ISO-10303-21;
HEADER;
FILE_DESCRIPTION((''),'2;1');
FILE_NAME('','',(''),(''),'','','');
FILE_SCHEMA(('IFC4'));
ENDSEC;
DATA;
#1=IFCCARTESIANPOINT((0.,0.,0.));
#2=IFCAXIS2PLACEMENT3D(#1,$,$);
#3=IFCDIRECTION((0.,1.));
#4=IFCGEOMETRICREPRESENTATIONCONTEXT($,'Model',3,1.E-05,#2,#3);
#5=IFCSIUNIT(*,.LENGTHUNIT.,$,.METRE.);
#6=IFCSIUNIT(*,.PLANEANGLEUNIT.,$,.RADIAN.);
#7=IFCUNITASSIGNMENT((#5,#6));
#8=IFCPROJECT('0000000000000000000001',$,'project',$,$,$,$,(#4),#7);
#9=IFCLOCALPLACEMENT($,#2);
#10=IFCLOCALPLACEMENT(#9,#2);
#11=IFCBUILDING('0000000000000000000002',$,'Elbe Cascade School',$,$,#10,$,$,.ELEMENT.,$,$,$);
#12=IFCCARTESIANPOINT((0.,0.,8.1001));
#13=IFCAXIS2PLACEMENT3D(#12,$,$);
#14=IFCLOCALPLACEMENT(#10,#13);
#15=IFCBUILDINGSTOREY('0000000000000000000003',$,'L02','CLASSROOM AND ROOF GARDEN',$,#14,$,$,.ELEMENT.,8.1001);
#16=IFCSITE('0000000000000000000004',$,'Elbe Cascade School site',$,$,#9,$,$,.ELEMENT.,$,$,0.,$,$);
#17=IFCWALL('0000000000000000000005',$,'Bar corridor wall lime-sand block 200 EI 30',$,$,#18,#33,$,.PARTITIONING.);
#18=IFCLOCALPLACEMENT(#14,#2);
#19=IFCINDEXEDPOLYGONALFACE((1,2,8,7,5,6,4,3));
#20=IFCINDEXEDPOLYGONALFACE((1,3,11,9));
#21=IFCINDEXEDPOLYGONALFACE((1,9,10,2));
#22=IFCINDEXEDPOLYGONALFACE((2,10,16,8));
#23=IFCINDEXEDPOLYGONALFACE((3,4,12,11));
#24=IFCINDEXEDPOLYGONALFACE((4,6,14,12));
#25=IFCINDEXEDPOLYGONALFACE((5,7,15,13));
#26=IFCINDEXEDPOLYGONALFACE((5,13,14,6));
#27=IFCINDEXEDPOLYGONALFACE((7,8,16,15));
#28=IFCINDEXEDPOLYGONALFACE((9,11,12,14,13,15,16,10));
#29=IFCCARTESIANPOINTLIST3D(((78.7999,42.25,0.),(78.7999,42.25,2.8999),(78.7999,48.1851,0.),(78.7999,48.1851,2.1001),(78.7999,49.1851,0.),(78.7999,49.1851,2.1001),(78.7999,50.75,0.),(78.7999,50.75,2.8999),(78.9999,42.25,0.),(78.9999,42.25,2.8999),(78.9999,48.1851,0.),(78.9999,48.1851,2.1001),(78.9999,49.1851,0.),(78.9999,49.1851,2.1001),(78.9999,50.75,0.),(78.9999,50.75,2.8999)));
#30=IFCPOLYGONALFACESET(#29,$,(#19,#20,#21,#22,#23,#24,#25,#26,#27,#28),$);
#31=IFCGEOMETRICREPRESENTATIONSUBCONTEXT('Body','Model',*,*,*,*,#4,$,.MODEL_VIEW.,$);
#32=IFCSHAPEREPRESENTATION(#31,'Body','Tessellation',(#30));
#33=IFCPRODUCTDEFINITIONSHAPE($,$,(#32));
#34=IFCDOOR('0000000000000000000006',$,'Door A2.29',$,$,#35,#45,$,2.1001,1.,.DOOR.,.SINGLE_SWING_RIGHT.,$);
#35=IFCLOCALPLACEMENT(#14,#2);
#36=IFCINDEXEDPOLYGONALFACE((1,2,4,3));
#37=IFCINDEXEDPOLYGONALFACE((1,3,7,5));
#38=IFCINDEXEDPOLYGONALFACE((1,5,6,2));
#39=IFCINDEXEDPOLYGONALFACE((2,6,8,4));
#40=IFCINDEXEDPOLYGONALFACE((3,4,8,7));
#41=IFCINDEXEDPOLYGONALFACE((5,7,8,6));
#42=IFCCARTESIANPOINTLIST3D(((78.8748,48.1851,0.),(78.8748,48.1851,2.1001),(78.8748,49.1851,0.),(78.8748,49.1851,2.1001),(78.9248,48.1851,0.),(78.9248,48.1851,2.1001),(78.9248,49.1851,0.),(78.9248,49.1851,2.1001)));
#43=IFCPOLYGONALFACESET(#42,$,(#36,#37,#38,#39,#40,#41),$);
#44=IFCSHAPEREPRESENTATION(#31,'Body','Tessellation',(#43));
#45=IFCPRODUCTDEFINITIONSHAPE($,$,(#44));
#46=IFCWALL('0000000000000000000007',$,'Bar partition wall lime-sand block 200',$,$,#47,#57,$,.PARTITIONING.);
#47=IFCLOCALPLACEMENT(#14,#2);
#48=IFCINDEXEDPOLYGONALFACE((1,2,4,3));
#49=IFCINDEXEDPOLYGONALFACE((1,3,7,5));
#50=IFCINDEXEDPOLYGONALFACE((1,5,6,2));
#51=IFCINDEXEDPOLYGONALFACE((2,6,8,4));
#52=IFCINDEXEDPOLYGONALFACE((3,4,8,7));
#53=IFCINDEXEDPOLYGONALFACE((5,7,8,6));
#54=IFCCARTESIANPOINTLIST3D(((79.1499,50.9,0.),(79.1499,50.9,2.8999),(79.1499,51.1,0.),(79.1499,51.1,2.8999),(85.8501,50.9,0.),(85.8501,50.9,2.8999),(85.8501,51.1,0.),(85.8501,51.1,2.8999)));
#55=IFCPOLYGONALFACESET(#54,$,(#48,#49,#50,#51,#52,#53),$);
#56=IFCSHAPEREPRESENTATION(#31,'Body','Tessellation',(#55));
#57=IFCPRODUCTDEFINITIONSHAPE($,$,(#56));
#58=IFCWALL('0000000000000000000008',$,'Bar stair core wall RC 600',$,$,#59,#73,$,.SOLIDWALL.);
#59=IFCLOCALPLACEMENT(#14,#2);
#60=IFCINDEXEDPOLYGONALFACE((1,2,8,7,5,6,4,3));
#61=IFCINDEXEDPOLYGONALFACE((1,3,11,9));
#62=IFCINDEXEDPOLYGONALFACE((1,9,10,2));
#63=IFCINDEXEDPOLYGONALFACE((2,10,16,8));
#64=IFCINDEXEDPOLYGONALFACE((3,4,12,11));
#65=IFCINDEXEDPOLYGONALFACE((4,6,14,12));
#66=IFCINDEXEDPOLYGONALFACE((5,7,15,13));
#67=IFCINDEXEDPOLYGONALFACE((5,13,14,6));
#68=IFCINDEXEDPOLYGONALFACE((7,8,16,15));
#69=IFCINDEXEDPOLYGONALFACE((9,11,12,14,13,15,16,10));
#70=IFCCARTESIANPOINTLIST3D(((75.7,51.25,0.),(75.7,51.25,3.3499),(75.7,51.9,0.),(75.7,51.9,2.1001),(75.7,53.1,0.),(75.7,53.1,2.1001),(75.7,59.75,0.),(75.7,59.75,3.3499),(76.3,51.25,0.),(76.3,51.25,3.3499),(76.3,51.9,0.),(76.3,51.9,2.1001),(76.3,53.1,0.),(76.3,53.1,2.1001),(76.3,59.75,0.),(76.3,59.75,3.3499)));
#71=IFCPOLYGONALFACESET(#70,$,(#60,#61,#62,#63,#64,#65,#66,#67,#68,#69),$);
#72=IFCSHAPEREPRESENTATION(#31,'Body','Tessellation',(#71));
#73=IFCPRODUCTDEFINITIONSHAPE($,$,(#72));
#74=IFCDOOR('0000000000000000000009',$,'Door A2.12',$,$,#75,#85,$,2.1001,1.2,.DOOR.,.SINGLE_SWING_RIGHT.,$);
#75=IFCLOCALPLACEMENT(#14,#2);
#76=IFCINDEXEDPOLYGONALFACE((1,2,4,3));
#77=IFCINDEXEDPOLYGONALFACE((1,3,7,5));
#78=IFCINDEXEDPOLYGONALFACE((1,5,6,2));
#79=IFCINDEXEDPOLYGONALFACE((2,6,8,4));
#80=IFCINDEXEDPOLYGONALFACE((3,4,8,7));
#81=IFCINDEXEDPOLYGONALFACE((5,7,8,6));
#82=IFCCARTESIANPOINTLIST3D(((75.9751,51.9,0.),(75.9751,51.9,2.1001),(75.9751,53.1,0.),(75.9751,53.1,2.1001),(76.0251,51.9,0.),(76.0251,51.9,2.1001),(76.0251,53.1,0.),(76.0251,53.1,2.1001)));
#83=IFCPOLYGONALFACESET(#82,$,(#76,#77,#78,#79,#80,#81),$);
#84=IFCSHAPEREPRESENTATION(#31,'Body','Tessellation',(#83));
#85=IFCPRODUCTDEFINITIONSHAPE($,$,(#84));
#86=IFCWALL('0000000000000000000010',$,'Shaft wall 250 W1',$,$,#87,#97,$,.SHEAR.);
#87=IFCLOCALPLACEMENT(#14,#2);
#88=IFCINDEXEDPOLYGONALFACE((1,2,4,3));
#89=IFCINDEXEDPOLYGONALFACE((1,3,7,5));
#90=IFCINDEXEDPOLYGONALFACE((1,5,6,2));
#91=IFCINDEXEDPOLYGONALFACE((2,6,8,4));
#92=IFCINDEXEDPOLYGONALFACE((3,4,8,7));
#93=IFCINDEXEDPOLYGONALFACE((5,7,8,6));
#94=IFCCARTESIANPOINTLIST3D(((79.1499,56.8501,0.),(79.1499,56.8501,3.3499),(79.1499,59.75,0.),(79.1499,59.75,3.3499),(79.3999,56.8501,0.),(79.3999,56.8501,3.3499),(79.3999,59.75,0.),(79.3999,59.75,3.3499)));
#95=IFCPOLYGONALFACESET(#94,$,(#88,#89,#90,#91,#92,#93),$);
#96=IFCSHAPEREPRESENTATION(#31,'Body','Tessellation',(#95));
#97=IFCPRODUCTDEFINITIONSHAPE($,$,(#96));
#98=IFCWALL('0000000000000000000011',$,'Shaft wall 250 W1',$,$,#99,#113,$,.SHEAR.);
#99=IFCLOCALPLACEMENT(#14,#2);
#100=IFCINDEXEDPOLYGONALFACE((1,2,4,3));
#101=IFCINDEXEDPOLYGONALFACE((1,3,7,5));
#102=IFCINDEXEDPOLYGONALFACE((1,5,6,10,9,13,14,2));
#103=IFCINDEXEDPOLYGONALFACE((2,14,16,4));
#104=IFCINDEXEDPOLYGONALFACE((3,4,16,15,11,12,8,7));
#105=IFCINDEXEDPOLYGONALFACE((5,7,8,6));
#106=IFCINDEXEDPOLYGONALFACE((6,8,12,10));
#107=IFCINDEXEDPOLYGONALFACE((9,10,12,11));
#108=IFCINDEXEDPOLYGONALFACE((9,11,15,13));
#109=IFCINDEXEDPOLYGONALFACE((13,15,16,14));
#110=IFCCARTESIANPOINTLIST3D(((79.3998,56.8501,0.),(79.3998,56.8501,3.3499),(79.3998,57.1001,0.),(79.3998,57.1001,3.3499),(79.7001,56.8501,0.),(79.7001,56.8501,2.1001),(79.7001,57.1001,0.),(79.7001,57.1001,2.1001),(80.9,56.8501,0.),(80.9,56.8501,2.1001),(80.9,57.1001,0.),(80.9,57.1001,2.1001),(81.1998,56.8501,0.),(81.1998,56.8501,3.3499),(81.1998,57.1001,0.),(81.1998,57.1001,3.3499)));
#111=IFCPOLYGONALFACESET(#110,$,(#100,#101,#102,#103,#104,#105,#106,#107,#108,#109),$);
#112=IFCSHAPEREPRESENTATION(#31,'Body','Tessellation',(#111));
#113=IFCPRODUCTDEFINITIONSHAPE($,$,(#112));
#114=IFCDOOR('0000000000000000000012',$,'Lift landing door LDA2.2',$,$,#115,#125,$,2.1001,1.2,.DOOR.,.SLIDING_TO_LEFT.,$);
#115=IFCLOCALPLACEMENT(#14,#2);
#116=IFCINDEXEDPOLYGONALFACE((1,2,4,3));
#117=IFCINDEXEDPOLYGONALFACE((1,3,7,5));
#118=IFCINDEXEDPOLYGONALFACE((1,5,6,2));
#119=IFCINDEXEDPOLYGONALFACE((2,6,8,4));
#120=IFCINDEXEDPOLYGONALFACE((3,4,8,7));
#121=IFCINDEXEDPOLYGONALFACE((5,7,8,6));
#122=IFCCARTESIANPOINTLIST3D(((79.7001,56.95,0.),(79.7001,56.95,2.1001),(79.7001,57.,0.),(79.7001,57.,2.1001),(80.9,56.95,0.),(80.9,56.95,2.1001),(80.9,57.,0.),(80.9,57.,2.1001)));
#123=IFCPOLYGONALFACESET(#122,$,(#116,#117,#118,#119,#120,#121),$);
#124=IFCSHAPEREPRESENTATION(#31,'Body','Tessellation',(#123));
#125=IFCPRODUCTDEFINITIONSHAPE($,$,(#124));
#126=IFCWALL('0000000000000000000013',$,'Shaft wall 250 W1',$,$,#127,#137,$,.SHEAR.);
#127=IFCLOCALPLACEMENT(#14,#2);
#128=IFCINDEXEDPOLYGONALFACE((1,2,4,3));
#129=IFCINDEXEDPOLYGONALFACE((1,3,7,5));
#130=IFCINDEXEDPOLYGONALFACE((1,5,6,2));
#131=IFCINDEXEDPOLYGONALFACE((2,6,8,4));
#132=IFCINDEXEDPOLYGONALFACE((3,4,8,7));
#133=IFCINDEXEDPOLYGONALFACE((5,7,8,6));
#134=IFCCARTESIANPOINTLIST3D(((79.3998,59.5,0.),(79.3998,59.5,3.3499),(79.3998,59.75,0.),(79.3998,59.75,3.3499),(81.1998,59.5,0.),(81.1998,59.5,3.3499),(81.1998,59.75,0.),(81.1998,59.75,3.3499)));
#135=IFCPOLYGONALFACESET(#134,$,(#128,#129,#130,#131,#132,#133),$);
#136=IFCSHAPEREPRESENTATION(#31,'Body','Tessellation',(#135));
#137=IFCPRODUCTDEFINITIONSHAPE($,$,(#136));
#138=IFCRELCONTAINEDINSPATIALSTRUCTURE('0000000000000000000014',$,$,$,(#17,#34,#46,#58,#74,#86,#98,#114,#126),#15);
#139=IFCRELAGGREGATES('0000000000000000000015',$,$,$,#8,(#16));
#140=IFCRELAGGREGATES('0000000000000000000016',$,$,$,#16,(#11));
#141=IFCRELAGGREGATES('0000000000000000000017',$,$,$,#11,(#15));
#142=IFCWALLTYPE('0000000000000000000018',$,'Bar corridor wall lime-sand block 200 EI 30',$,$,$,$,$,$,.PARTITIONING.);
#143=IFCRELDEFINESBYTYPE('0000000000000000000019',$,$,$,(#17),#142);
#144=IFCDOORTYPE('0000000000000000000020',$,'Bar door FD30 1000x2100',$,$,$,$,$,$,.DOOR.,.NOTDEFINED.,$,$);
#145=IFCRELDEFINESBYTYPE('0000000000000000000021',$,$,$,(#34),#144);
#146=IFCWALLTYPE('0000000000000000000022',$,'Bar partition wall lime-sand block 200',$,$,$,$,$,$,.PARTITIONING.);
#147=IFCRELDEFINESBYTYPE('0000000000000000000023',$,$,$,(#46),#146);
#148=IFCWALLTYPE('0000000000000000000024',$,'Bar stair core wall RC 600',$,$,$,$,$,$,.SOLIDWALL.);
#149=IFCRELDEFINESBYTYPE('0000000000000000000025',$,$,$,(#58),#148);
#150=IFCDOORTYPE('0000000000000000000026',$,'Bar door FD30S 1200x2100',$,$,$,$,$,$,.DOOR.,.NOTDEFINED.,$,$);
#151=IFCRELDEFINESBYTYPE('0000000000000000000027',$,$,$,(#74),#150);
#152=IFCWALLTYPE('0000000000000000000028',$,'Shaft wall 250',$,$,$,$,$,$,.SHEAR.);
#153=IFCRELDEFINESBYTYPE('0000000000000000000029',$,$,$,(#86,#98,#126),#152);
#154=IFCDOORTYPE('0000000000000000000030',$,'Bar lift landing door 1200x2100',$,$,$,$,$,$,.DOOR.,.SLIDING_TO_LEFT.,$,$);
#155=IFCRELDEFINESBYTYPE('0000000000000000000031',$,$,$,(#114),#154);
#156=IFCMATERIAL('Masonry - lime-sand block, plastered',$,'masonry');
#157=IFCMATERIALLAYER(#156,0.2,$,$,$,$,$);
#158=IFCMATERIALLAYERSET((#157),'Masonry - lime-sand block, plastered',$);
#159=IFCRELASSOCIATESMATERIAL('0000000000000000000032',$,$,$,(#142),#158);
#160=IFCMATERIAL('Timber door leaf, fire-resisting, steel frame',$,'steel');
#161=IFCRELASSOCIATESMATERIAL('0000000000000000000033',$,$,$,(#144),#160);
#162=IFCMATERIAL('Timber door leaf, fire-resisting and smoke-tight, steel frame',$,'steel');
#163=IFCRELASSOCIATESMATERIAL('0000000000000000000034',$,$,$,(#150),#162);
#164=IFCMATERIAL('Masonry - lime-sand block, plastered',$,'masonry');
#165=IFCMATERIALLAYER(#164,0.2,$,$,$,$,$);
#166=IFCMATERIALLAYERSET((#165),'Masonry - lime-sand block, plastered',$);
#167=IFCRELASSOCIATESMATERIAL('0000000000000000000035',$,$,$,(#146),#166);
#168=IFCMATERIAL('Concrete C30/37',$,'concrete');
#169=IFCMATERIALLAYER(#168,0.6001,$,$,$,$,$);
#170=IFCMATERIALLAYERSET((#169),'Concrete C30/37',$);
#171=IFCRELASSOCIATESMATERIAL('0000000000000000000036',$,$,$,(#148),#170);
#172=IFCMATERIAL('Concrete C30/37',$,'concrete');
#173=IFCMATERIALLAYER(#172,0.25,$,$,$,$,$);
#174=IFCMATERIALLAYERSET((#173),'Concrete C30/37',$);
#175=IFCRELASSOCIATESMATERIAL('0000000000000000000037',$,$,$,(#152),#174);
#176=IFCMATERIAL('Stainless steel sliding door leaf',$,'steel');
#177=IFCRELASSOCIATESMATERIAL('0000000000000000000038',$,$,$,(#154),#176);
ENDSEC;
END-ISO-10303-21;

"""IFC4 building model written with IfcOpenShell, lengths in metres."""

from ifc_helpers import new_model, si_unit, direction, frame, frame_2d, origin, place, context, subcontext, project, spatial, rectangle, extrude, material, layer, layer_set, type_object, element, fill, save


model = new_model("IFC4")

# Units and contexts
model_context = context("Model", 3, precision=1e-05, world=origin(), true_north=direction((0.0, 1.0)))
body_context = subcontext(model_context, "Body", "Model", "MODEL_VIEW")
ifc_project = project(units=[si_unit("LENGTHUNIT", "METRE"), si_unit("PLANEANGLEUNIT", "RADIAN")], contexts=[model_context])

# Site, building, storey
site_placement = place(None, origin())
site = spatial("IfcSite", under=ifc_project, at=site_placement, Name="Elbe Cascade School site", CompositionType="ELEMENT", RefElevation=0.0)
building_placement = place(site_placement, origin())
building = spatial("IfcBuilding", under=site, at=building_placement, Name="Elbe Cascade School", CompositionType="ELEMENT")
storey_placement = place(building_placement, frame((0.0, 0.0, 8.1001)))
storey = spatial("IfcBuildingStorey", under=building, at=storey_placement, Name="L02", Description="CLASSROOM AND ROOF GARDEN", CompositionType="ELEMENT", Elevation=8.1001)

# Wall, opening, door
ifc_material_1 = material(Name="Masonry - lime-sand block, plastered", Category="masonry")
ifc_layer_1 = layer(ifc_material_1, 0.2)
ifc_layer_set_1 = layer_set([ifc_layer_1], Name="Masonry - lime-sand block, plastered")
wall_type_1 = type_object("IfcWallType", Name="Bar corridor wall lime-sand block 200 EI 30", PredefinedType="PARTITIONING", material=ifc_layer_set_1)
ifc_material_2 = material(Name="Timber door leaf, fire-resisting, steel frame", Category="steel")
door_type_1 = type_object("IfcDoorType", Name="Bar door FD30 1000x2100", OperationType="NOTDEFINED", PredefinedType="DOOR", material=ifc_material_2)
ifc_material_3 = material(Name="Timber door leaf, fire-resisting and smoke-tight, steel frame", Category="steel")
door_type_2 = type_object("IfcDoorType", Name="Bar door FD30S 1200x2100", OperationType="NOTDEFINED", PredefinedType="DOOR", material=ifc_material_3)
wall_1_placement = place(storey_placement, frame((78.8999, 50.75, 0.0), z_axis=(0.0, 0.0, 1.0), x_axis=(0.0, -1.0, 0.0)))
wall_1 = element("IfcWall", 1, at=wall_1_placement, inside=storey, type_object=wall_type_1, Name="Bar corridor wall lime-sand block 200 EI 30", PredefinedType="PARTITIONING", context=body_context, shape_type="SweptSolid", body=[
    extrude(rectangle(XDim=8.5, YDim=0.2, at=frame_2d((4.25, 0.0))), origin(), (0.0, 0.0, 1.0), 2.8999),
])
opening_1_placement = place(wall_1_placement, frame((1.5649, 0.0, 0.0)))
opening_1 = element("IfcOpeningElement", 2, at=opening_1_placement, cuts=wall_1, PredefinedType="OPENING", context=body_context, shape_type="SweptSolid", body=[
    extrude(rectangle(XDim=1.0, YDim=2.1001, at=frame_2d((0.5, 1.05))), frame((0.0, 0.1099, 0.0), z_axis=(0.0, -1.0, 0.0), x_axis=(1.0, 0.0, 0.0)), (0.0, 0.0, 1.0), 0.22),
])
door_1_placement = place(opening_1_placement, origin())
door_1 = element("IfcDoor", 3, at=door_1_placement, inside=storey, type_object=door_type_1, Name="Door A2.29", OperationType="SINGLE_SWING_RIGHT", OverallHeight=2.1001, OverallWidth=1.0, PredefinedType="DOOR", context=body_context, shape_type="SweptSolid", body=[
    extrude(rectangle(XDim=1.0, YDim=2.1001, at=frame_2d((0.5, 1.05))), frame((0.0, 0.0249, 0.0), z_axis=(0.0, -1.0, 0.0), x_axis=(1.0, 0.0, 0.0)), (0.0, 0.0, 1.0), 0.05),
])
fill(opening_1, door_1)

# Wall
ifc_material_4 = material(Name="Masonry - lime-sand block, plastered", Category="masonry")
ifc_layer_2 = layer(ifc_material_4, 0.2)
ifc_layer_set_2 = layer_set([ifc_layer_2], Name="Masonry - lime-sand block, plastered")
wall_type_2 = type_object("IfcWallType", Name="Bar partition wall lime-sand block 200", PredefinedType="PARTITIONING", material=ifc_layer_set_2)
wall_2_placement = place(storey_placement, frame((79.1499, 51.0, 0.0), z_axis=(0.0, 0.0, 1.0), x_axis=(1.0, 0.0, 0.0)))
element("IfcWall", 4, at=wall_2_placement, inside=storey, type_object=wall_type_2, Name="Bar partition wall lime-sand block 200", PredefinedType="PARTITIONING", context=body_context, shape_type="SweptSolid", body=[
    extrude(rectangle(XDim=6.7002, YDim=0.2, at=frame_2d((3.3501, 0.0))), origin(), (0.0, 0.0, 1.0), 2.8999),
])

# Wall, opening, door
ifc_material_5 = material(Name="Concrete C30/37", Category="concrete")
ifc_layer_3 = layer(ifc_material_5, 0.6001)
ifc_layer_set_3 = layer_set([ifc_layer_3], Name="Concrete C30/37")
wall_type_3 = type_object("IfcWallType", Name="Bar stair core wall RC 600", PredefinedType="SOLIDWALL", material=ifc_layer_set_3)
wall_3_placement = place(storey_placement, frame((76.0, 51.25, 0.0), z_axis=(0.0, 0.0, 1.0), x_axis=(0.0, 1.0, 0.0)))
wall_3 = element("IfcWall", 5, at=wall_3_placement, inside=storey, type_object=wall_type_3, Name="Bar stair core wall RC 600", PredefinedType="SOLIDWALL", context=body_context, shape_type="SweptSolid", body=[
    extrude(rectangle(XDim=8.5, YDim=0.6001, at=frame_2d((4.25, 0.0))), origin(), (0.0, 0.0, 1.0), 3.3499),
])
opening_2_placement = place(wall_3_placement, frame((0.6499, 0.0, 0.0)))
opening_2 = element("IfcOpeningElement", 6, at=opening_2_placement, cuts=wall_3, PredefinedType="OPENING", context=body_context, shape_type="SweptSolid", body=[
    extrude(rectangle(XDim=1.2, YDim=2.1001, at=frame_2d((0.6001, 1.05))), frame((0.0, 0.3101, 0.0), z_axis=(0.0, -1.0, 0.0), x_axis=(1.0, 0.0, 0.0)), (0.0, 0.0, 1.0), 0.6201),
])
door_2_placement = place(opening_2_placement, origin())
door_2 = element("IfcDoor", 7, at=door_2_placement, inside=storey, type_object=door_type_2, Name="Door A2.12", OperationType="SINGLE_SWING_RIGHT", OverallHeight=2.1001, OverallWidth=1.2, PredefinedType="DOOR", context=body_context, shape_type="SweptSolid", body=[
    extrude(rectangle(XDim=1.2, YDim=2.1001, at=frame_2d((0.6001, 1.05))), frame((0.0, 0.0249, 0.0), z_axis=(0.0, -1.0, 0.0), x_axis=(1.0, 0.0, 0.0)), (0.0, 0.0, 1.0), 0.05),
])
fill(opening_2, door_2)

# Wall
ifc_material_6 = material(Name="Concrete C30/37", Category="concrete")
ifc_layer_4 = layer(ifc_material_6, 0.25)
ifc_layer_set_4 = layer_set([ifc_layer_4], Name="Concrete C30/37")
wall_type_4 = type_object("IfcWallType", Name="Shaft wall 250", PredefinedType="SHEAR", material=ifc_layer_set_4)
wall_4_placement = place(storey_placement, frame((79.2749, 56.8501, 0.0), z_axis=(0.0, 0.0, 1.0), x_axis=(0.0, 1.0, 0.0)))
element("IfcWall", 8, at=wall_4_placement, inside=storey, type_object=wall_type_4, Name="Shaft wall 250 W1", PredefinedType="SHEAR", context=body_context, shape_type="SweptSolid", body=[
    extrude(rectangle(XDim=2.8999, YDim=0.25, at=frame_2d((1.45, 0.0))), origin(), (0.0, 0.0, 1.0), 3.3499),
])

# Wall, opening, door
wall_5_placement = place(storey_placement, frame((79.3999, 56.9751, 0.0), z_axis=(0.0, 0.0, 1.0), x_axis=(1.0, 0.0, 0.0)))
wall_5 = element("IfcWall", 9, at=wall_5_placement, inside=storey, type_object=wall_type_4, Name="Shaft wall 250 W1", PredefinedType="SHEAR", context=body_context, shape_type="SweptSolid", body=[
    extrude(rectangle(XDim=1.8, YDim=0.25, at=frame_2d((0.8999, 0.0))), origin(), (0.0, 0.0, 1.0), 3.3499),
])
opening_3_placement = place(wall_5_placement, frame((0.3, 0.0, 0.0)))
opening_3 = element("IfcOpeningElement", 10, at=opening_3_placement, cuts=wall_5, PredefinedType="OPENING", context=body_context, shape_type="SweptSolid", body=[
    extrude(rectangle(XDim=1.2, YDim=2.1001, at=frame_2d((0.6001, 1.05))), frame((0.0, 0.135, 0.0), z_axis=(0.0, -1.0, 0.0), x_axis=(1.0, 0.0, 0.0)), (0.0, 0.0, 1.0), 0.27),
])
ifc_material_7 = material(Name="Stainless steel sliding door leaf", Category="steel")
door_type_3 = type_object("IfcDoorType", Name="Bar lift landing door 1200x2100", OperationType="SLIDING_TO_LEFT", PredefinedType="DOOR", material=ifc_material_7)
door_3_placement = place(opening_3_placement, origin())
door_3 = element("IfcDoor", 11, at=door_3_placement, inside=storey, type_object=door_type_3, Name="Lift landing door LDA2.2", OperationType="SLIDING_TO_LEFT", OverallHeight=2.1001, OverallWidth=1.2, PredefinedType="DOOR", context=body_context, shape_type="SweptSolid", body=[
    extrude(rectangle(XDim=1.2, YDim=2.1001, at=frame_2d((0.6001, 1.05))), frame((0.0, 0.0249, 0.0), z_axis=(0.0, -1.0, 0.0), x_axis=(1.0, 0.0, 0.0)), (0.0, 0.0, 1.0), 0.05),
])
fill(opening_3, door_3)

# Wall
wall_6_placement = place(storey_placement, frame((79.3999, 59.625, 0.0), z_axis=(0.0, 0.0, 1.0), x_axis=(1.0, 0.0, 0.0)))
element("IfcWall", 12, at=wall_6_placement, inside=storey, type_object=wall_type_4, Name="Shaft wall 250 W1", PredefinedType="SHEAR", context=body_context, shape_type="SweptSolid", body=[
    extrude(rectangle(XDim=1.8, YDim=0.25, at=frame_2d((0.8999, 0.0))), origin(), (0.0, 0.0, 1.0), 3.3499),
])

save(model, "model.ifc")
